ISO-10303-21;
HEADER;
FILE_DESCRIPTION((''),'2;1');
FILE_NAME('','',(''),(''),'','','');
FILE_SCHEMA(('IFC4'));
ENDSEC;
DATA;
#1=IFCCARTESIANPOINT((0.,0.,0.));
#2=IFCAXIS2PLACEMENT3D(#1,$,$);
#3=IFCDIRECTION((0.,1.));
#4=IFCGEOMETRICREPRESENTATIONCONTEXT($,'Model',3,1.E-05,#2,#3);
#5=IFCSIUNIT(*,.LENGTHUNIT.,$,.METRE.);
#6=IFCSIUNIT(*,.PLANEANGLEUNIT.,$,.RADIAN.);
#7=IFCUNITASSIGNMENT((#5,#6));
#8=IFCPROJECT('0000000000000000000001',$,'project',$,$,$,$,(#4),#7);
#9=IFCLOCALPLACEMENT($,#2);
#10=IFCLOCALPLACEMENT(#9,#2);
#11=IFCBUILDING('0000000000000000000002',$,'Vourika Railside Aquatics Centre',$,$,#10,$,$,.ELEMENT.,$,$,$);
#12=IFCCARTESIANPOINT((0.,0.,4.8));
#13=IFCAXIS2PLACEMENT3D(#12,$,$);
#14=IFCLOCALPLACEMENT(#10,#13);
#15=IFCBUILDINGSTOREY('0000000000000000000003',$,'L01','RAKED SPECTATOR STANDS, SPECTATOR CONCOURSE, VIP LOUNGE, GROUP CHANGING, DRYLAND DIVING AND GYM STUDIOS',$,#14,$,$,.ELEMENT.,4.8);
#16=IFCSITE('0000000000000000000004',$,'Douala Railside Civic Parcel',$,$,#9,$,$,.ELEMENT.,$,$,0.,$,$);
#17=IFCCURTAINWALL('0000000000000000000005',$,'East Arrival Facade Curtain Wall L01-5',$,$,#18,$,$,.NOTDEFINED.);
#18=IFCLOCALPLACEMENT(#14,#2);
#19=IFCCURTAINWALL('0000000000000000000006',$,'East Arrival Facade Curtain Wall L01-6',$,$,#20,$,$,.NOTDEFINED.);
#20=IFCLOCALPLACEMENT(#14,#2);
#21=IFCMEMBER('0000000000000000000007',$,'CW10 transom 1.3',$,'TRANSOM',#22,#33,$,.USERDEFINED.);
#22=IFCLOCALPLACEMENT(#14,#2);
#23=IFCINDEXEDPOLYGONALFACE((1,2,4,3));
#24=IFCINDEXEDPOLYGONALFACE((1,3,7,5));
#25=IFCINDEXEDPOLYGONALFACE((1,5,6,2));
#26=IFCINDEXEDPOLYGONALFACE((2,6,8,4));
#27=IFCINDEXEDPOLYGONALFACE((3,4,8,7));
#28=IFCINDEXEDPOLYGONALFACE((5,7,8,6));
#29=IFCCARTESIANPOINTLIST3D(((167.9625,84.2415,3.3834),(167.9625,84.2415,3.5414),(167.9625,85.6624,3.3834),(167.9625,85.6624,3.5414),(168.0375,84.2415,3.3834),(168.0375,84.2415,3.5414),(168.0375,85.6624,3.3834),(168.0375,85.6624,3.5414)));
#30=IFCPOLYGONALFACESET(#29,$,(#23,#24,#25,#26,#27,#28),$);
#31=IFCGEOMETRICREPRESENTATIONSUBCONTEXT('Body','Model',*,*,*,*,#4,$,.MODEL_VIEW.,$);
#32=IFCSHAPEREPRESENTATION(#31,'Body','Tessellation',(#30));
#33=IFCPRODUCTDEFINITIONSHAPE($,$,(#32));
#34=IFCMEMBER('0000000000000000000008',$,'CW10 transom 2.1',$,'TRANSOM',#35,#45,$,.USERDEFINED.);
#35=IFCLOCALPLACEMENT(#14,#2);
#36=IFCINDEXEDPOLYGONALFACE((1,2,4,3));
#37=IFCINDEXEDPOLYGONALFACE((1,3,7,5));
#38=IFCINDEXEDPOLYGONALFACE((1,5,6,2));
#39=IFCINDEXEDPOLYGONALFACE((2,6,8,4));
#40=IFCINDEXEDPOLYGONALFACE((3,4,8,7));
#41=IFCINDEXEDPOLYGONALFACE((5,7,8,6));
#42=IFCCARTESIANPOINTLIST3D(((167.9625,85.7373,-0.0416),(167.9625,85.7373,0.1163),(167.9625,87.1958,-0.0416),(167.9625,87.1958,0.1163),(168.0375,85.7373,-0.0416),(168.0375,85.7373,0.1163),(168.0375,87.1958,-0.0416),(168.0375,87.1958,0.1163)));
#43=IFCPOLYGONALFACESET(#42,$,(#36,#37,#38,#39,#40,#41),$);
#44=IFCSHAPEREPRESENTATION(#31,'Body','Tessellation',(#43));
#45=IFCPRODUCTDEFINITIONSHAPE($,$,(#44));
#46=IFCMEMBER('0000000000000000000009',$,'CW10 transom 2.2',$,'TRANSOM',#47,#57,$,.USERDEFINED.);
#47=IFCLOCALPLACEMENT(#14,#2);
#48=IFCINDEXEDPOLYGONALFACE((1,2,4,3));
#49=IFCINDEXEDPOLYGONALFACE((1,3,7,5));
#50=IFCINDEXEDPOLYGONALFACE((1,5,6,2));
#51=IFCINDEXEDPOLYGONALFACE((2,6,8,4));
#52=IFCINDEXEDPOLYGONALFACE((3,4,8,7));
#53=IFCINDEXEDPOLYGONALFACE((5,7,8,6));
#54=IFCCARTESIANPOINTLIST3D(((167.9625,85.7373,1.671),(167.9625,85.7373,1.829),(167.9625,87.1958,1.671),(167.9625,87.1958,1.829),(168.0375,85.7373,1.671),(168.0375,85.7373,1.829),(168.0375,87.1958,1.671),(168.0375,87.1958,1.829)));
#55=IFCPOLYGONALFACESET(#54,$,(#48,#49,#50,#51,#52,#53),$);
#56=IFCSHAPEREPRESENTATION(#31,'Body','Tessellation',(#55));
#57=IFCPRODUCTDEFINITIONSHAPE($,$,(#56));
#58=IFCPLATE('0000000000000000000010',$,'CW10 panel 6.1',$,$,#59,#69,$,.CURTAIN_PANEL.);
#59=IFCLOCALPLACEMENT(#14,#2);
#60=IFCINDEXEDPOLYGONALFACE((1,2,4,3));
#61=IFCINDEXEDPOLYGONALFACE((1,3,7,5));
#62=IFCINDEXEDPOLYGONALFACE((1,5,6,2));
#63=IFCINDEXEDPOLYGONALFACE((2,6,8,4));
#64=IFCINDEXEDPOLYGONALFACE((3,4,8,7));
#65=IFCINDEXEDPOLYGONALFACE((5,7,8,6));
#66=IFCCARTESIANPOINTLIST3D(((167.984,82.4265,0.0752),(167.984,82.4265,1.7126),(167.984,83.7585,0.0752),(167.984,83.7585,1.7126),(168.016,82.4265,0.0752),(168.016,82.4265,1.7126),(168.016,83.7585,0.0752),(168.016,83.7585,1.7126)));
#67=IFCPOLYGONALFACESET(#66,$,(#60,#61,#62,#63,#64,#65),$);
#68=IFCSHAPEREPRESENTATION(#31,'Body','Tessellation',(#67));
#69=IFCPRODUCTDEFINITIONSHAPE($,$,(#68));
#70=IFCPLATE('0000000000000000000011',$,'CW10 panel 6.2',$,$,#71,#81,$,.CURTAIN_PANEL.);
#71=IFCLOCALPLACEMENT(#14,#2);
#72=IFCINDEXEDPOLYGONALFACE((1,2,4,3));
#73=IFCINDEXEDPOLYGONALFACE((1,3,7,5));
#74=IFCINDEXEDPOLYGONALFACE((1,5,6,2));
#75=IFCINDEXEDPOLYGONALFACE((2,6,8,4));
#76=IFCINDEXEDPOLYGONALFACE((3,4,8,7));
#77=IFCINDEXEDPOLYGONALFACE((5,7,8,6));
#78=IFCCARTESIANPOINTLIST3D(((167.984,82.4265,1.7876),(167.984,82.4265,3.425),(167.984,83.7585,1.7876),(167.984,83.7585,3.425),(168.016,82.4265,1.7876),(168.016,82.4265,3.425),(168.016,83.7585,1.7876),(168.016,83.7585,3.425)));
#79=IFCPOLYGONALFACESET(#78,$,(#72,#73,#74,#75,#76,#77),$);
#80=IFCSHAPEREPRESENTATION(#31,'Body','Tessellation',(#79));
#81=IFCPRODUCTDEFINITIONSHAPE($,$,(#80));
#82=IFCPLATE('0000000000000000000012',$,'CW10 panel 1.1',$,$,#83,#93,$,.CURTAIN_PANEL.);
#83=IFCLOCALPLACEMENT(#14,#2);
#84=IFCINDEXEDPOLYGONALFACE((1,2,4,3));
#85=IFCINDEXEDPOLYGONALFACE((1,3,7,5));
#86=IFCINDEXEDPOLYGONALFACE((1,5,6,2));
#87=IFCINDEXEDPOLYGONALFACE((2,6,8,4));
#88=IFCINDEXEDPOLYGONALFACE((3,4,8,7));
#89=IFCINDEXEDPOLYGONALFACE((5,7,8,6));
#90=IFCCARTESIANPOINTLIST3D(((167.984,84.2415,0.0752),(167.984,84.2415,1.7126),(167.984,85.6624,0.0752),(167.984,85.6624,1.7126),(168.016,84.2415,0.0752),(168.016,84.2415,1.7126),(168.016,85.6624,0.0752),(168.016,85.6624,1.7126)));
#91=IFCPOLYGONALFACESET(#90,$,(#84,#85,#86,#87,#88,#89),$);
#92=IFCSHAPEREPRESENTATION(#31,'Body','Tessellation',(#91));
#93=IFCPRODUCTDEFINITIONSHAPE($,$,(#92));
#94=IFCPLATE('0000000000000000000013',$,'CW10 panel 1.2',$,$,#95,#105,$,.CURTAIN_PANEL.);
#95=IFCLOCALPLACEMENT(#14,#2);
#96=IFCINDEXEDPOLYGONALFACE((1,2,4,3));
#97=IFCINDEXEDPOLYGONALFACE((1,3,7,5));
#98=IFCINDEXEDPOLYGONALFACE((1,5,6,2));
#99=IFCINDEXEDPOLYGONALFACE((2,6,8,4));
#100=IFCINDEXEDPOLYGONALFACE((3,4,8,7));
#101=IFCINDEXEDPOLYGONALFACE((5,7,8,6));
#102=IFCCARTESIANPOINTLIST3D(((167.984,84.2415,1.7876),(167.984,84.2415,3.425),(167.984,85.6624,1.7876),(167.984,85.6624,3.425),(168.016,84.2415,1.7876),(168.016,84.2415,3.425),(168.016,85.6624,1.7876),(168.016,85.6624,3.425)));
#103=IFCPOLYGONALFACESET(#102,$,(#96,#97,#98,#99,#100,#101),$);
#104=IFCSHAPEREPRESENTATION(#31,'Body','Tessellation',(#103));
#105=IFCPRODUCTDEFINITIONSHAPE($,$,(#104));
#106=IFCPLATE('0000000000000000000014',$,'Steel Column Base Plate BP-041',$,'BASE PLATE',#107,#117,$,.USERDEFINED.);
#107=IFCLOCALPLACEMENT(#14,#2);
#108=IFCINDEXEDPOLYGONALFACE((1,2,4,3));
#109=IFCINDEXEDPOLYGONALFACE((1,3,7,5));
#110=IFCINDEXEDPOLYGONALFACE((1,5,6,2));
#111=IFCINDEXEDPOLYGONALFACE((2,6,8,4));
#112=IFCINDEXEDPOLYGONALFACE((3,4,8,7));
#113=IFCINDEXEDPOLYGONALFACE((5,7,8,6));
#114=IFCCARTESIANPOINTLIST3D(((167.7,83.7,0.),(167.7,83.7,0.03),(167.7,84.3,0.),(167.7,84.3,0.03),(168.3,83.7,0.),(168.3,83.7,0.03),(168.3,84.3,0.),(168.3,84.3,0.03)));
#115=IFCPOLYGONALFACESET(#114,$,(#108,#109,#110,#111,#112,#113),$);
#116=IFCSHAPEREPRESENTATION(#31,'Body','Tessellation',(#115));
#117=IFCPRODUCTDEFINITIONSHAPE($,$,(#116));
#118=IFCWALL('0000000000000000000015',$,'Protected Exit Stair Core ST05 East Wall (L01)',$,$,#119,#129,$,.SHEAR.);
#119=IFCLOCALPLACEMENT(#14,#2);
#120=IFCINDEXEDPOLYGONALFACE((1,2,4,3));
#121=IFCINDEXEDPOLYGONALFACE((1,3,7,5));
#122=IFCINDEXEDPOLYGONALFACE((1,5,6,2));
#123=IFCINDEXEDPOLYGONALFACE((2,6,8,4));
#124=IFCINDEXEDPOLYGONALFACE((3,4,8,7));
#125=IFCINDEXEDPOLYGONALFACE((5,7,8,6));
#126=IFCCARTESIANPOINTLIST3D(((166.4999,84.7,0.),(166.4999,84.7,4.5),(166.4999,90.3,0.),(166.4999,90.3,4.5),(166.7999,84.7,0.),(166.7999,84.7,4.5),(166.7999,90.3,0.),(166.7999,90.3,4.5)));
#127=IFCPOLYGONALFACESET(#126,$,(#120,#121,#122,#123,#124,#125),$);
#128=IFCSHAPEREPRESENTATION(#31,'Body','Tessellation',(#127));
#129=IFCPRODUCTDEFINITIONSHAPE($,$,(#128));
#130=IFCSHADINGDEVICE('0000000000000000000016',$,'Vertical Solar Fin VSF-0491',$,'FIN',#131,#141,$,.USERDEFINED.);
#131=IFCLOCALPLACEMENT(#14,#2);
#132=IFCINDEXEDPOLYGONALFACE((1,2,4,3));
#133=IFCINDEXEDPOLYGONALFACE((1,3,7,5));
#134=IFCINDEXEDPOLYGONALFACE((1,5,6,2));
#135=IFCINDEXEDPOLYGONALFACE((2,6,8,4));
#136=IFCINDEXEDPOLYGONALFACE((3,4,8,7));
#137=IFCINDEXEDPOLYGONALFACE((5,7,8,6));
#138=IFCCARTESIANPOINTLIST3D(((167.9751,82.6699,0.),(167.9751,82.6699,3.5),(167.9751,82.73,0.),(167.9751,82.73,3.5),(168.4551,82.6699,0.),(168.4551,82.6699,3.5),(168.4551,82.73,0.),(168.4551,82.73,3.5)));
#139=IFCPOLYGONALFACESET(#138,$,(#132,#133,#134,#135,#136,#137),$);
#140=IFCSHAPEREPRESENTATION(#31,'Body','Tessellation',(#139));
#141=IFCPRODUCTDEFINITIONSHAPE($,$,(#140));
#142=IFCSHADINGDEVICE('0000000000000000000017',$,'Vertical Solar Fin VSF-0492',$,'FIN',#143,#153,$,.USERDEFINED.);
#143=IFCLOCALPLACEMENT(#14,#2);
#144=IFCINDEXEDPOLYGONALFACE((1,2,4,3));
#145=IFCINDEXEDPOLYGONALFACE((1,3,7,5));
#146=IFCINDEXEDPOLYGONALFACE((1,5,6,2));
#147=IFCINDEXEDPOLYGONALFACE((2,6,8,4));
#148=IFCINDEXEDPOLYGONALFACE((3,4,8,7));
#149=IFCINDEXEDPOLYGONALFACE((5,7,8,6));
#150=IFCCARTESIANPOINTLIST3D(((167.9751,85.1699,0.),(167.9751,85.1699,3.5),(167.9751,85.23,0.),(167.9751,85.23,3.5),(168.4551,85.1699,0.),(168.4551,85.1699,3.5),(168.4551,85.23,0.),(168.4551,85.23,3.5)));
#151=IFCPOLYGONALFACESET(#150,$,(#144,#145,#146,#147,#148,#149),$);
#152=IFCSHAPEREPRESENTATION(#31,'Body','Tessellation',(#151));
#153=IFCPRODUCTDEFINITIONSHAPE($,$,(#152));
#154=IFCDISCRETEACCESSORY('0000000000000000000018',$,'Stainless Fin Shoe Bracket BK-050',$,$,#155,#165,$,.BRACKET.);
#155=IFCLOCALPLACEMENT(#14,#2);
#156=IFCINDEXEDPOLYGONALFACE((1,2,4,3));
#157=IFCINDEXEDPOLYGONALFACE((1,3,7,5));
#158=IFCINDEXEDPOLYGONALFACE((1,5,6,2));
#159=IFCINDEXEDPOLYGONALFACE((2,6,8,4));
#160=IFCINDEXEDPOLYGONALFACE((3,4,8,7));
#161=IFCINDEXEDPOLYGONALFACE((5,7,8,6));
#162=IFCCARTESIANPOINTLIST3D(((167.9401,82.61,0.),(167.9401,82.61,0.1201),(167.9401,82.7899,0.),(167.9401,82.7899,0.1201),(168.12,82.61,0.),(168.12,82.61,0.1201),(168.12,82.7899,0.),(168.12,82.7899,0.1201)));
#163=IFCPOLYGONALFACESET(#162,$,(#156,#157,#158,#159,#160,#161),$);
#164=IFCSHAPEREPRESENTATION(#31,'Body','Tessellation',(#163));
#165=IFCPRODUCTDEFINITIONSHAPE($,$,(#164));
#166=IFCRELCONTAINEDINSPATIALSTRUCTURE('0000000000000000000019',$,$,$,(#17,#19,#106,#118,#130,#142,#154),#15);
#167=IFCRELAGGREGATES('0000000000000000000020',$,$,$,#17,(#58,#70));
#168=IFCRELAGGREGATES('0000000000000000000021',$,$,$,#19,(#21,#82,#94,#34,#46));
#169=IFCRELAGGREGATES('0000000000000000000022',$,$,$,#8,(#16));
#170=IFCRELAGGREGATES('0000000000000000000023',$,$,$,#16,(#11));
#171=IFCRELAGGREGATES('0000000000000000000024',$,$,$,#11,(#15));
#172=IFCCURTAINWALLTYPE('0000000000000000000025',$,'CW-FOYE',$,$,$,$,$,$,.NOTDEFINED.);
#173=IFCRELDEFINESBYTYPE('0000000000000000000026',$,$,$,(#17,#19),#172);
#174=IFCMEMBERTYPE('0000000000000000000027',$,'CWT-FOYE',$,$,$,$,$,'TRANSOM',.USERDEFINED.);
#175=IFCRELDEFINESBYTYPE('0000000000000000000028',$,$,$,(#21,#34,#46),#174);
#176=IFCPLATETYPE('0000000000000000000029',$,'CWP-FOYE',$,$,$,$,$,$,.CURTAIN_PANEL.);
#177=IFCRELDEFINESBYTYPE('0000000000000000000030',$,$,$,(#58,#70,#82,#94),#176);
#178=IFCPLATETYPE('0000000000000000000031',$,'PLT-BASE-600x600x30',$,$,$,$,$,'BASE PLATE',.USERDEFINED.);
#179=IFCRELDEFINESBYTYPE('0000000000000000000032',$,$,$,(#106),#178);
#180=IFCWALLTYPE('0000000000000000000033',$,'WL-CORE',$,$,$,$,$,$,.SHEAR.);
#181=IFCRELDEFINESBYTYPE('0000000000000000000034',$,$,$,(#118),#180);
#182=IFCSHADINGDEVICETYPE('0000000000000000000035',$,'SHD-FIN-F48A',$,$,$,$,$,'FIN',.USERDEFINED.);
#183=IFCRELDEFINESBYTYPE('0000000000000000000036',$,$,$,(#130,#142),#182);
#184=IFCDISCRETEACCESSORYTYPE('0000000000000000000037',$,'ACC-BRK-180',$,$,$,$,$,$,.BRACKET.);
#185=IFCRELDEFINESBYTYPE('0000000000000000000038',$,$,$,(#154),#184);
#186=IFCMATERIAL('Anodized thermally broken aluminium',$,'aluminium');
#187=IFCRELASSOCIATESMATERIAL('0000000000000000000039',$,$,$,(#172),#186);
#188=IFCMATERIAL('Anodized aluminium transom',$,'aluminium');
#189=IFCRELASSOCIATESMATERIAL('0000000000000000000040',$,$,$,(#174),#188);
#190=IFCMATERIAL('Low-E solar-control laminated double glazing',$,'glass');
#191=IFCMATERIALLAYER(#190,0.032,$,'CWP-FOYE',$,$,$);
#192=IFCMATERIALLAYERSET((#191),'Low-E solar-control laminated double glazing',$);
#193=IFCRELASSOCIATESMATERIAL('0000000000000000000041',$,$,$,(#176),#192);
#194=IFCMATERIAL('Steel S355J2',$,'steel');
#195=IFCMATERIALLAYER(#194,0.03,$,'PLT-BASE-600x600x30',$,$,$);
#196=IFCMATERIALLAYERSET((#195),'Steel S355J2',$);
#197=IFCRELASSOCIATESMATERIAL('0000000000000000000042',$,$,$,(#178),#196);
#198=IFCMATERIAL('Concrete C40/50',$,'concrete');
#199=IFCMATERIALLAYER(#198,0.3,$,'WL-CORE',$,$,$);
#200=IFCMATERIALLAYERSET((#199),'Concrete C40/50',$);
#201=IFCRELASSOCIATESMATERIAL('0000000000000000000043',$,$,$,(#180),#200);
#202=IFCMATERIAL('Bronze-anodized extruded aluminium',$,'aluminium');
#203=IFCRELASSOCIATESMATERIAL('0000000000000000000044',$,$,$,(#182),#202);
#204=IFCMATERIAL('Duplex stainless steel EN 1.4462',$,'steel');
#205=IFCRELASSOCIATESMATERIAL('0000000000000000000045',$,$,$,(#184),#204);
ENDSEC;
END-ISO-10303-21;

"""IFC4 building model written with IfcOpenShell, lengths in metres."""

from ifc_helpers import new_model, si_unit, direction, frame, frame_2d, origin, origin_2d, place, context, subcontext, project, spatial, rectangle, extrude, material, layer, layer_set, material_profile, profile_set, type_object, element, aggregate, save


model = new_model("IFC4")

# Units and contexts
model_context = context("Model", 3, precision=1e-05, world=origin(), true_north=direction((0.0, 1.0)))
body_context = subcontext(model_context, "Body", "Model", "MODEL_VIEW")
ifc_project = project(units=[si_unit("LENGTHUNIT", "METRE"), si_unit("PLANEANGLEUNIT", "RADIAN")], contexts=[model_context])

# Site, building, storey
site_placement = place(None, origin())
site = spatial("IfcSite", under=ifc_project, at=site_placement, Name="Douala Railside Civic Parcel", CompositionType="ELEMENT", RefElevation=0.0)
building_placement = place(site_placement, origin())
building = spatial("IfcBuilding", under=site, at=building_placement, Name="Vourika Railside Aquatics Centre", CompositionType="ELEMENT")
storey_placement = place(building_placement, frame((0.0, 0.0, 4.8)))
storey = spatial("IfcBuildingStorey", under=building, at=storey_placement, Name="L01", Description="RAKED SPECTATOR STANDS, SPECTATOR CONCOURSE, VIP LOUNGE, GROUP CHANGING, DRYLAND DIVING AND GYM STUDIOS", CompositionType="ELEMENT", Elevation=4.8)

# Shared definitions
ifc_material_1 = material(Name="Steel S355J2", Category="steel")

# Curtain walls
ifc_material_2 = material(Name="Anodized thermally broken aluminium", Category="aluminium")
curtain_wall_type = type_object("IfcCurtainWallType", Name="CW-FOYE", PredefinedType="NOTDEFINED", material=ifc_material_2)
curtain_wall_1_placement = place(storey_placement, origin())
curtain_wall_1 = element("IfcCurtainWall", 1, at=curtain_wall_1_placement, inside=storey, type_object=curtain_wall_type, Name="East Arrival Facade Curtain Wall L01-5", PredefinedType="NOTDEFINED")
curtain_wall_2_placement = place(storey_placement, origin())
curtain_wall_2 = element("IfcCurtainWall", 2, at=curtain_wall_2_placement, inside=storey, type_object=curtain_wall_type, Name="East Arrival Facade Curtain Wall L01-6", PredefinedType="NOTDEFINED")

# Members
ifc_material_3 = material(Name="Anodized aluminium transom", Category="aluminium")
ifc_material_profile_1 = material_profile(ifc_material_3, rectangle(XDim=0.075, YDim=0.158, at=origin_2d()), Name="ALU-T 75x158")
ifc_profile_set_1 = profile_set([ifc_material_profile_1], Name="Anodized aluminium transom")
member_type_1 = type_object("IfcMemberType", Name="CWT-FOYE", ElementType="TRANSOM", PredefinedType="USERDEFINED", material=ifc_profile_set_1)
member_1_placement = place(storey_placement, frame((168.0, 84.2415, 3.4624), z_axis=(0.0, 1.0, 0.0), x_axis=(-1.0, 0.0, 0.0)))
member_1 = element("IfcMember", 3, at=member_1_placement, type_object=member_type_1, Name="CW10 transom 1.3", ObjectType="TRANSOM", PredefinedType="USERDEFINED", context=body_context, shape_type="SweptSolid", body=[
    extrude(rectangle(XDim=0.075, YDim=0.158, at=origin_2d()), origin(), (0.0, 0.0, 1.0), 1.4209),
])
member_2_placement = place(storey_placement, frame((168.0, 85.7373, 0.0374), z_axis=(0.0, 1.0, 0.0), x_axis=(-1.0, 0.0, 0.0)))
member_2 = element("IfcMember", 4, at=member_2_placement, type_object=member_type_1, Name="CW10 transom 2.1", ObjectType="TRANSOM", PredefinedType="USERDEFINED", context=body_context, shape_type="SweptSolid", body=[
    extrude(rectangle(XDim=0.075, YDim=0.158, at=origin_2d()), origin(), (0.0, 0.0, 1.0), 1.4585),
])
member_3_placement = place(storey_placement, frame((168.0, 85.7373, 1.75), z_axis=(0.0, 1.0, 0.0), x_axis=(-1.0, 0.0, 0.0)))
member_3 = element("IfcMember", 5, at=member_3_placement, type_object=member_type_1, Name="CW10 transom 2.2", ObjectType="TRANSOM", PredefinedType="USERDEFINED", context=body_context, shape_type="SweptSolid", body=[
    extrude(rectangle(XDim=0.075, YDim=0.158, at=origin_2d()), origin(), (0.0, 0.0, 1.0), 1.4585),
])

# Plates
ifc_material_4 = material(Name="Low-E solar-control laminated double glazing", Category="glass")
ifc_layer_1 = layer(ifc_material_4, 0.032, Name="CWP-FOYE")
ifc_layer_set_1 = layer_set([ifc_layer_1], Name="Low-E solar-control laminated double glazing")
plate_type_1 = type_object("IfcPlateType", Name="CWP-FOYE", PredefinedType="CURTAIN_PANEL", material=ifc_layer_set_1)
plate_1_placement = place(storey_placement, frame((168.0, 83.0925, 0.0752), z_axis=(0.0, 0.0, 1.0), x_axis=(0.0, 1.0, 0.0)))
plate_1 = element("IfcPlate", 6, at=plate_1_placement, type_object=plate_type_1, Name="CW10 panel 6.1", PredefinedType="CURTAIN_PANEL", context=body_context, shape_type="SweptSolid", body=[
    extrude(rectangle(XDim=1.332, YDim=0.032, at=origin_2d()), origin(), (0.0, 0.0, 1.0), 1.6375),
])
plate_2_placement = place(storey_placement, frame((168.0, 83.0925, 1.7876), z_axis=(0.0, 0.0, 1.0), x_axis=(0.0, 1.0, 0.0)))
plate_2 = element("IfcPlate", 7, at=plate_2_placement, type_object=plate_type_1, Name="CW10 panel 6.2", PredefinedType="CURTAIN_PANEL", context=body_context, shape_type="SweptSolid", body=[
    extrude(rectangle(XDim=1.332, YDim=0.032, at=origin_2d()), origin(), (0.0, 0.0, 1.0), 1.6375),
])
aggregate(curtain_wall_1, [plate_1, plate_2])
plate_3_placement = place(storey_placement, frame((168.0, 84.9519, 0.0752), z_axis=(0.0, 0.0, 1.0), x_axis=(0.0, 1.0, 0.0)))
plate_3 = element("IfcPlate", 8, at=plate_3_placement, type_object=plate_type_1, Name="CW10 panel 1.1", PredefinedType="CURTAIN_PANEL", context=body_context, shape_type="SweptSolid", body=[
    extrude(rectangle(XDim=1.4209, YDim=0.032, at=origin_2d()), origin(), (0.0, 0.0, 1.0), 1.6375),
])
plate_4_placement = place(storey_placement, frame((168.0, 84.9519, 1.7876), z_axis=(0.0, 0.0, 1.0), x_axis=(0.0, 1.0, 0.0)))
plate_4 = element("IfcPlate", 9, at=plate_4_placement, type_object=plate_type_1, Name="CW10 panel 1.2", PredefinedType="CURTAIN_PANEL", context=body_context, shape_type="SweptSolid", body=[
    extrude(rectangle(XDim=1.4209, YDim=0.032, at=origin_2d()), origin(), (0.0, 0.0, 1.0), 1.6375),
])
aggregate(curtain_wall_2, [member_1, plate_3, plate_4, member_2, member_3])
ifc_layer_2 = layer(ifc_material_1, 0.03, Name="PLT-BASE-600x600x30")
ifc_layer_set_2 = layer_set([ifc_layer_2], Name="Steel S355J2")
plate_type_2 = type_object("IfcPlateType", Name="PLT-BASE-600x600x30", ElementType="BASE PLATE", PredefinedType="USERDEFINED", material=ifc_layer_set_2)
plate_5_placement = place(storey_placement, frame((168.0, 84.0, 0.0), z_axis=(0.0, 0.0, 1.0), x_axis=(1.0, 0.0, 0.0)))
element("IfcPlate", 10, at=plate_5_placement, inside=storey, type_object=plate_type_2, Name="Steel Column Base Plate BP-041", ObjectType="BASE PLATE", PredefinedType="USERDEFINED", context=body_context, shape_type="SweptSolid", body=[
    extrude(rectangle(XDim=0.6001, YDim=0.6001, at=origin_2d()), origin(), (0.0, 0.0, 1.0), 0.03),
])

# Wall
ifc_material_5 = material(Name="Concrete C40/50", Category="concrete")
ifc_layer_3 = layer(ifc_material_5, 0.3, Name="WL-CORE")
ifc_layer_set_3 = layer_set([ifc_layer_3], Name="Concrete C40/50")
wall_type = type_object("IfcWallType", Name="WL-CORE", PredefinedType="SHEAR", material=ifc_layer_set_3)
wall_placement = place(storey_placement, frame((166.6499, 84.7, 0.0), z_axis=(0.0, 0.0, 1.0), x_axis=(0.0, 1.0, 0.0)))
element("IfcWall", 11, at=wall_placement, inside=storey, type_object=wall_type, Name="Protected Exit Stair Core ST05 East Wall (L01)", PredefinedType="SHEAR", context=body_context, shape_type="SweptSolid", body=[
    extrude(rectangle(XDim=5.6001, YDim=0.3, at=frame_2d((2.8, 0.0))), origin(), (0.0, 0.0, 1.0), 4.5),
])

# Shading devices
ifc_material_6 = material(Name="Bronze-anodized extruded aluminium", Category="aluminium")
ifc_material_profile_2 = material_profile(ifc_material_6, rectangle(XDim=0.0601, YDim=0.48, at=origin_2d()), Name="ALU-FIN 60x480")
ifc_profile_set_2 = profile_set([ifc_material_profile_2], Name="Bronze-anodized extruded aluminium")
shading_device_type = type_object("IfcShadingDeviceType", Name="SHD-FIN-F48A", ElementType="FIN", PredefinedType="USERDEFINED", material=ifc_profile_set_2)
for number, where, z_axis, x_axis, name in (
    (12, (168.2151, 82.7, 0.0), (0.0, 0.0, 1.0), (0.0, -1.0, 0.0), "Vertical Solar Fin VSF-0491"),
    (13, (168.2151, 85.2, 0.0), (0.0, 0.0, 1.0), (0.0, -1.0, 0.0), "Vertical Solar Fin VSF-0492"),
):
    element("IfcShadingDevice", number, at=place(storey_placement, frame(where, z_axis=z_axis, x_axis=x_axis)), inside=storey, type_object=shading_device_type, Name=name, ObjectType="FIN", PredefinedType="USERDEFINED", context=body_context, shape_type="SweptSolid", body=[
        extrude(rectangle(XDim=0.0601, YDim=0.48, at=origin_2d()), origin(), (0.0, 0.0, 1.0), 3.5),
    ])

# Discrete accessory
ifc_material_7 = material(Name="Duplex stainless steel EN 1.4462", Category="steel")
discrete_accessory_type = type_object("IfcDiscreteAccessoryType", Name="ACC-BRK-180", PredefinedType="BRACKET", material=ifc_material_7)
discrete_accessory_placement = place(storey_placement, frame((168.03, 82.7, 0.0), z_axis=(0.0, 0.0, 1.0), x_axis=(1.0, 0.0, 0.0)))
element("IfcDiscreteAccessory", 14, at=discrete_accessory_placement, inside=storey, type_object=discrete_accessory_type, Name="Stainless Fin Shoe Bracket BK-050", PredefinedType="BRACKET", context=body_context, shape_type="SweptSolid", body=[
    extrude(rectangle(XDim=0.1799, YDim=0.1799, at=origin_2d()), origin(), (0.0, 0.0, 1.0), 0.1201),
])

save(model, "model.ifc")
